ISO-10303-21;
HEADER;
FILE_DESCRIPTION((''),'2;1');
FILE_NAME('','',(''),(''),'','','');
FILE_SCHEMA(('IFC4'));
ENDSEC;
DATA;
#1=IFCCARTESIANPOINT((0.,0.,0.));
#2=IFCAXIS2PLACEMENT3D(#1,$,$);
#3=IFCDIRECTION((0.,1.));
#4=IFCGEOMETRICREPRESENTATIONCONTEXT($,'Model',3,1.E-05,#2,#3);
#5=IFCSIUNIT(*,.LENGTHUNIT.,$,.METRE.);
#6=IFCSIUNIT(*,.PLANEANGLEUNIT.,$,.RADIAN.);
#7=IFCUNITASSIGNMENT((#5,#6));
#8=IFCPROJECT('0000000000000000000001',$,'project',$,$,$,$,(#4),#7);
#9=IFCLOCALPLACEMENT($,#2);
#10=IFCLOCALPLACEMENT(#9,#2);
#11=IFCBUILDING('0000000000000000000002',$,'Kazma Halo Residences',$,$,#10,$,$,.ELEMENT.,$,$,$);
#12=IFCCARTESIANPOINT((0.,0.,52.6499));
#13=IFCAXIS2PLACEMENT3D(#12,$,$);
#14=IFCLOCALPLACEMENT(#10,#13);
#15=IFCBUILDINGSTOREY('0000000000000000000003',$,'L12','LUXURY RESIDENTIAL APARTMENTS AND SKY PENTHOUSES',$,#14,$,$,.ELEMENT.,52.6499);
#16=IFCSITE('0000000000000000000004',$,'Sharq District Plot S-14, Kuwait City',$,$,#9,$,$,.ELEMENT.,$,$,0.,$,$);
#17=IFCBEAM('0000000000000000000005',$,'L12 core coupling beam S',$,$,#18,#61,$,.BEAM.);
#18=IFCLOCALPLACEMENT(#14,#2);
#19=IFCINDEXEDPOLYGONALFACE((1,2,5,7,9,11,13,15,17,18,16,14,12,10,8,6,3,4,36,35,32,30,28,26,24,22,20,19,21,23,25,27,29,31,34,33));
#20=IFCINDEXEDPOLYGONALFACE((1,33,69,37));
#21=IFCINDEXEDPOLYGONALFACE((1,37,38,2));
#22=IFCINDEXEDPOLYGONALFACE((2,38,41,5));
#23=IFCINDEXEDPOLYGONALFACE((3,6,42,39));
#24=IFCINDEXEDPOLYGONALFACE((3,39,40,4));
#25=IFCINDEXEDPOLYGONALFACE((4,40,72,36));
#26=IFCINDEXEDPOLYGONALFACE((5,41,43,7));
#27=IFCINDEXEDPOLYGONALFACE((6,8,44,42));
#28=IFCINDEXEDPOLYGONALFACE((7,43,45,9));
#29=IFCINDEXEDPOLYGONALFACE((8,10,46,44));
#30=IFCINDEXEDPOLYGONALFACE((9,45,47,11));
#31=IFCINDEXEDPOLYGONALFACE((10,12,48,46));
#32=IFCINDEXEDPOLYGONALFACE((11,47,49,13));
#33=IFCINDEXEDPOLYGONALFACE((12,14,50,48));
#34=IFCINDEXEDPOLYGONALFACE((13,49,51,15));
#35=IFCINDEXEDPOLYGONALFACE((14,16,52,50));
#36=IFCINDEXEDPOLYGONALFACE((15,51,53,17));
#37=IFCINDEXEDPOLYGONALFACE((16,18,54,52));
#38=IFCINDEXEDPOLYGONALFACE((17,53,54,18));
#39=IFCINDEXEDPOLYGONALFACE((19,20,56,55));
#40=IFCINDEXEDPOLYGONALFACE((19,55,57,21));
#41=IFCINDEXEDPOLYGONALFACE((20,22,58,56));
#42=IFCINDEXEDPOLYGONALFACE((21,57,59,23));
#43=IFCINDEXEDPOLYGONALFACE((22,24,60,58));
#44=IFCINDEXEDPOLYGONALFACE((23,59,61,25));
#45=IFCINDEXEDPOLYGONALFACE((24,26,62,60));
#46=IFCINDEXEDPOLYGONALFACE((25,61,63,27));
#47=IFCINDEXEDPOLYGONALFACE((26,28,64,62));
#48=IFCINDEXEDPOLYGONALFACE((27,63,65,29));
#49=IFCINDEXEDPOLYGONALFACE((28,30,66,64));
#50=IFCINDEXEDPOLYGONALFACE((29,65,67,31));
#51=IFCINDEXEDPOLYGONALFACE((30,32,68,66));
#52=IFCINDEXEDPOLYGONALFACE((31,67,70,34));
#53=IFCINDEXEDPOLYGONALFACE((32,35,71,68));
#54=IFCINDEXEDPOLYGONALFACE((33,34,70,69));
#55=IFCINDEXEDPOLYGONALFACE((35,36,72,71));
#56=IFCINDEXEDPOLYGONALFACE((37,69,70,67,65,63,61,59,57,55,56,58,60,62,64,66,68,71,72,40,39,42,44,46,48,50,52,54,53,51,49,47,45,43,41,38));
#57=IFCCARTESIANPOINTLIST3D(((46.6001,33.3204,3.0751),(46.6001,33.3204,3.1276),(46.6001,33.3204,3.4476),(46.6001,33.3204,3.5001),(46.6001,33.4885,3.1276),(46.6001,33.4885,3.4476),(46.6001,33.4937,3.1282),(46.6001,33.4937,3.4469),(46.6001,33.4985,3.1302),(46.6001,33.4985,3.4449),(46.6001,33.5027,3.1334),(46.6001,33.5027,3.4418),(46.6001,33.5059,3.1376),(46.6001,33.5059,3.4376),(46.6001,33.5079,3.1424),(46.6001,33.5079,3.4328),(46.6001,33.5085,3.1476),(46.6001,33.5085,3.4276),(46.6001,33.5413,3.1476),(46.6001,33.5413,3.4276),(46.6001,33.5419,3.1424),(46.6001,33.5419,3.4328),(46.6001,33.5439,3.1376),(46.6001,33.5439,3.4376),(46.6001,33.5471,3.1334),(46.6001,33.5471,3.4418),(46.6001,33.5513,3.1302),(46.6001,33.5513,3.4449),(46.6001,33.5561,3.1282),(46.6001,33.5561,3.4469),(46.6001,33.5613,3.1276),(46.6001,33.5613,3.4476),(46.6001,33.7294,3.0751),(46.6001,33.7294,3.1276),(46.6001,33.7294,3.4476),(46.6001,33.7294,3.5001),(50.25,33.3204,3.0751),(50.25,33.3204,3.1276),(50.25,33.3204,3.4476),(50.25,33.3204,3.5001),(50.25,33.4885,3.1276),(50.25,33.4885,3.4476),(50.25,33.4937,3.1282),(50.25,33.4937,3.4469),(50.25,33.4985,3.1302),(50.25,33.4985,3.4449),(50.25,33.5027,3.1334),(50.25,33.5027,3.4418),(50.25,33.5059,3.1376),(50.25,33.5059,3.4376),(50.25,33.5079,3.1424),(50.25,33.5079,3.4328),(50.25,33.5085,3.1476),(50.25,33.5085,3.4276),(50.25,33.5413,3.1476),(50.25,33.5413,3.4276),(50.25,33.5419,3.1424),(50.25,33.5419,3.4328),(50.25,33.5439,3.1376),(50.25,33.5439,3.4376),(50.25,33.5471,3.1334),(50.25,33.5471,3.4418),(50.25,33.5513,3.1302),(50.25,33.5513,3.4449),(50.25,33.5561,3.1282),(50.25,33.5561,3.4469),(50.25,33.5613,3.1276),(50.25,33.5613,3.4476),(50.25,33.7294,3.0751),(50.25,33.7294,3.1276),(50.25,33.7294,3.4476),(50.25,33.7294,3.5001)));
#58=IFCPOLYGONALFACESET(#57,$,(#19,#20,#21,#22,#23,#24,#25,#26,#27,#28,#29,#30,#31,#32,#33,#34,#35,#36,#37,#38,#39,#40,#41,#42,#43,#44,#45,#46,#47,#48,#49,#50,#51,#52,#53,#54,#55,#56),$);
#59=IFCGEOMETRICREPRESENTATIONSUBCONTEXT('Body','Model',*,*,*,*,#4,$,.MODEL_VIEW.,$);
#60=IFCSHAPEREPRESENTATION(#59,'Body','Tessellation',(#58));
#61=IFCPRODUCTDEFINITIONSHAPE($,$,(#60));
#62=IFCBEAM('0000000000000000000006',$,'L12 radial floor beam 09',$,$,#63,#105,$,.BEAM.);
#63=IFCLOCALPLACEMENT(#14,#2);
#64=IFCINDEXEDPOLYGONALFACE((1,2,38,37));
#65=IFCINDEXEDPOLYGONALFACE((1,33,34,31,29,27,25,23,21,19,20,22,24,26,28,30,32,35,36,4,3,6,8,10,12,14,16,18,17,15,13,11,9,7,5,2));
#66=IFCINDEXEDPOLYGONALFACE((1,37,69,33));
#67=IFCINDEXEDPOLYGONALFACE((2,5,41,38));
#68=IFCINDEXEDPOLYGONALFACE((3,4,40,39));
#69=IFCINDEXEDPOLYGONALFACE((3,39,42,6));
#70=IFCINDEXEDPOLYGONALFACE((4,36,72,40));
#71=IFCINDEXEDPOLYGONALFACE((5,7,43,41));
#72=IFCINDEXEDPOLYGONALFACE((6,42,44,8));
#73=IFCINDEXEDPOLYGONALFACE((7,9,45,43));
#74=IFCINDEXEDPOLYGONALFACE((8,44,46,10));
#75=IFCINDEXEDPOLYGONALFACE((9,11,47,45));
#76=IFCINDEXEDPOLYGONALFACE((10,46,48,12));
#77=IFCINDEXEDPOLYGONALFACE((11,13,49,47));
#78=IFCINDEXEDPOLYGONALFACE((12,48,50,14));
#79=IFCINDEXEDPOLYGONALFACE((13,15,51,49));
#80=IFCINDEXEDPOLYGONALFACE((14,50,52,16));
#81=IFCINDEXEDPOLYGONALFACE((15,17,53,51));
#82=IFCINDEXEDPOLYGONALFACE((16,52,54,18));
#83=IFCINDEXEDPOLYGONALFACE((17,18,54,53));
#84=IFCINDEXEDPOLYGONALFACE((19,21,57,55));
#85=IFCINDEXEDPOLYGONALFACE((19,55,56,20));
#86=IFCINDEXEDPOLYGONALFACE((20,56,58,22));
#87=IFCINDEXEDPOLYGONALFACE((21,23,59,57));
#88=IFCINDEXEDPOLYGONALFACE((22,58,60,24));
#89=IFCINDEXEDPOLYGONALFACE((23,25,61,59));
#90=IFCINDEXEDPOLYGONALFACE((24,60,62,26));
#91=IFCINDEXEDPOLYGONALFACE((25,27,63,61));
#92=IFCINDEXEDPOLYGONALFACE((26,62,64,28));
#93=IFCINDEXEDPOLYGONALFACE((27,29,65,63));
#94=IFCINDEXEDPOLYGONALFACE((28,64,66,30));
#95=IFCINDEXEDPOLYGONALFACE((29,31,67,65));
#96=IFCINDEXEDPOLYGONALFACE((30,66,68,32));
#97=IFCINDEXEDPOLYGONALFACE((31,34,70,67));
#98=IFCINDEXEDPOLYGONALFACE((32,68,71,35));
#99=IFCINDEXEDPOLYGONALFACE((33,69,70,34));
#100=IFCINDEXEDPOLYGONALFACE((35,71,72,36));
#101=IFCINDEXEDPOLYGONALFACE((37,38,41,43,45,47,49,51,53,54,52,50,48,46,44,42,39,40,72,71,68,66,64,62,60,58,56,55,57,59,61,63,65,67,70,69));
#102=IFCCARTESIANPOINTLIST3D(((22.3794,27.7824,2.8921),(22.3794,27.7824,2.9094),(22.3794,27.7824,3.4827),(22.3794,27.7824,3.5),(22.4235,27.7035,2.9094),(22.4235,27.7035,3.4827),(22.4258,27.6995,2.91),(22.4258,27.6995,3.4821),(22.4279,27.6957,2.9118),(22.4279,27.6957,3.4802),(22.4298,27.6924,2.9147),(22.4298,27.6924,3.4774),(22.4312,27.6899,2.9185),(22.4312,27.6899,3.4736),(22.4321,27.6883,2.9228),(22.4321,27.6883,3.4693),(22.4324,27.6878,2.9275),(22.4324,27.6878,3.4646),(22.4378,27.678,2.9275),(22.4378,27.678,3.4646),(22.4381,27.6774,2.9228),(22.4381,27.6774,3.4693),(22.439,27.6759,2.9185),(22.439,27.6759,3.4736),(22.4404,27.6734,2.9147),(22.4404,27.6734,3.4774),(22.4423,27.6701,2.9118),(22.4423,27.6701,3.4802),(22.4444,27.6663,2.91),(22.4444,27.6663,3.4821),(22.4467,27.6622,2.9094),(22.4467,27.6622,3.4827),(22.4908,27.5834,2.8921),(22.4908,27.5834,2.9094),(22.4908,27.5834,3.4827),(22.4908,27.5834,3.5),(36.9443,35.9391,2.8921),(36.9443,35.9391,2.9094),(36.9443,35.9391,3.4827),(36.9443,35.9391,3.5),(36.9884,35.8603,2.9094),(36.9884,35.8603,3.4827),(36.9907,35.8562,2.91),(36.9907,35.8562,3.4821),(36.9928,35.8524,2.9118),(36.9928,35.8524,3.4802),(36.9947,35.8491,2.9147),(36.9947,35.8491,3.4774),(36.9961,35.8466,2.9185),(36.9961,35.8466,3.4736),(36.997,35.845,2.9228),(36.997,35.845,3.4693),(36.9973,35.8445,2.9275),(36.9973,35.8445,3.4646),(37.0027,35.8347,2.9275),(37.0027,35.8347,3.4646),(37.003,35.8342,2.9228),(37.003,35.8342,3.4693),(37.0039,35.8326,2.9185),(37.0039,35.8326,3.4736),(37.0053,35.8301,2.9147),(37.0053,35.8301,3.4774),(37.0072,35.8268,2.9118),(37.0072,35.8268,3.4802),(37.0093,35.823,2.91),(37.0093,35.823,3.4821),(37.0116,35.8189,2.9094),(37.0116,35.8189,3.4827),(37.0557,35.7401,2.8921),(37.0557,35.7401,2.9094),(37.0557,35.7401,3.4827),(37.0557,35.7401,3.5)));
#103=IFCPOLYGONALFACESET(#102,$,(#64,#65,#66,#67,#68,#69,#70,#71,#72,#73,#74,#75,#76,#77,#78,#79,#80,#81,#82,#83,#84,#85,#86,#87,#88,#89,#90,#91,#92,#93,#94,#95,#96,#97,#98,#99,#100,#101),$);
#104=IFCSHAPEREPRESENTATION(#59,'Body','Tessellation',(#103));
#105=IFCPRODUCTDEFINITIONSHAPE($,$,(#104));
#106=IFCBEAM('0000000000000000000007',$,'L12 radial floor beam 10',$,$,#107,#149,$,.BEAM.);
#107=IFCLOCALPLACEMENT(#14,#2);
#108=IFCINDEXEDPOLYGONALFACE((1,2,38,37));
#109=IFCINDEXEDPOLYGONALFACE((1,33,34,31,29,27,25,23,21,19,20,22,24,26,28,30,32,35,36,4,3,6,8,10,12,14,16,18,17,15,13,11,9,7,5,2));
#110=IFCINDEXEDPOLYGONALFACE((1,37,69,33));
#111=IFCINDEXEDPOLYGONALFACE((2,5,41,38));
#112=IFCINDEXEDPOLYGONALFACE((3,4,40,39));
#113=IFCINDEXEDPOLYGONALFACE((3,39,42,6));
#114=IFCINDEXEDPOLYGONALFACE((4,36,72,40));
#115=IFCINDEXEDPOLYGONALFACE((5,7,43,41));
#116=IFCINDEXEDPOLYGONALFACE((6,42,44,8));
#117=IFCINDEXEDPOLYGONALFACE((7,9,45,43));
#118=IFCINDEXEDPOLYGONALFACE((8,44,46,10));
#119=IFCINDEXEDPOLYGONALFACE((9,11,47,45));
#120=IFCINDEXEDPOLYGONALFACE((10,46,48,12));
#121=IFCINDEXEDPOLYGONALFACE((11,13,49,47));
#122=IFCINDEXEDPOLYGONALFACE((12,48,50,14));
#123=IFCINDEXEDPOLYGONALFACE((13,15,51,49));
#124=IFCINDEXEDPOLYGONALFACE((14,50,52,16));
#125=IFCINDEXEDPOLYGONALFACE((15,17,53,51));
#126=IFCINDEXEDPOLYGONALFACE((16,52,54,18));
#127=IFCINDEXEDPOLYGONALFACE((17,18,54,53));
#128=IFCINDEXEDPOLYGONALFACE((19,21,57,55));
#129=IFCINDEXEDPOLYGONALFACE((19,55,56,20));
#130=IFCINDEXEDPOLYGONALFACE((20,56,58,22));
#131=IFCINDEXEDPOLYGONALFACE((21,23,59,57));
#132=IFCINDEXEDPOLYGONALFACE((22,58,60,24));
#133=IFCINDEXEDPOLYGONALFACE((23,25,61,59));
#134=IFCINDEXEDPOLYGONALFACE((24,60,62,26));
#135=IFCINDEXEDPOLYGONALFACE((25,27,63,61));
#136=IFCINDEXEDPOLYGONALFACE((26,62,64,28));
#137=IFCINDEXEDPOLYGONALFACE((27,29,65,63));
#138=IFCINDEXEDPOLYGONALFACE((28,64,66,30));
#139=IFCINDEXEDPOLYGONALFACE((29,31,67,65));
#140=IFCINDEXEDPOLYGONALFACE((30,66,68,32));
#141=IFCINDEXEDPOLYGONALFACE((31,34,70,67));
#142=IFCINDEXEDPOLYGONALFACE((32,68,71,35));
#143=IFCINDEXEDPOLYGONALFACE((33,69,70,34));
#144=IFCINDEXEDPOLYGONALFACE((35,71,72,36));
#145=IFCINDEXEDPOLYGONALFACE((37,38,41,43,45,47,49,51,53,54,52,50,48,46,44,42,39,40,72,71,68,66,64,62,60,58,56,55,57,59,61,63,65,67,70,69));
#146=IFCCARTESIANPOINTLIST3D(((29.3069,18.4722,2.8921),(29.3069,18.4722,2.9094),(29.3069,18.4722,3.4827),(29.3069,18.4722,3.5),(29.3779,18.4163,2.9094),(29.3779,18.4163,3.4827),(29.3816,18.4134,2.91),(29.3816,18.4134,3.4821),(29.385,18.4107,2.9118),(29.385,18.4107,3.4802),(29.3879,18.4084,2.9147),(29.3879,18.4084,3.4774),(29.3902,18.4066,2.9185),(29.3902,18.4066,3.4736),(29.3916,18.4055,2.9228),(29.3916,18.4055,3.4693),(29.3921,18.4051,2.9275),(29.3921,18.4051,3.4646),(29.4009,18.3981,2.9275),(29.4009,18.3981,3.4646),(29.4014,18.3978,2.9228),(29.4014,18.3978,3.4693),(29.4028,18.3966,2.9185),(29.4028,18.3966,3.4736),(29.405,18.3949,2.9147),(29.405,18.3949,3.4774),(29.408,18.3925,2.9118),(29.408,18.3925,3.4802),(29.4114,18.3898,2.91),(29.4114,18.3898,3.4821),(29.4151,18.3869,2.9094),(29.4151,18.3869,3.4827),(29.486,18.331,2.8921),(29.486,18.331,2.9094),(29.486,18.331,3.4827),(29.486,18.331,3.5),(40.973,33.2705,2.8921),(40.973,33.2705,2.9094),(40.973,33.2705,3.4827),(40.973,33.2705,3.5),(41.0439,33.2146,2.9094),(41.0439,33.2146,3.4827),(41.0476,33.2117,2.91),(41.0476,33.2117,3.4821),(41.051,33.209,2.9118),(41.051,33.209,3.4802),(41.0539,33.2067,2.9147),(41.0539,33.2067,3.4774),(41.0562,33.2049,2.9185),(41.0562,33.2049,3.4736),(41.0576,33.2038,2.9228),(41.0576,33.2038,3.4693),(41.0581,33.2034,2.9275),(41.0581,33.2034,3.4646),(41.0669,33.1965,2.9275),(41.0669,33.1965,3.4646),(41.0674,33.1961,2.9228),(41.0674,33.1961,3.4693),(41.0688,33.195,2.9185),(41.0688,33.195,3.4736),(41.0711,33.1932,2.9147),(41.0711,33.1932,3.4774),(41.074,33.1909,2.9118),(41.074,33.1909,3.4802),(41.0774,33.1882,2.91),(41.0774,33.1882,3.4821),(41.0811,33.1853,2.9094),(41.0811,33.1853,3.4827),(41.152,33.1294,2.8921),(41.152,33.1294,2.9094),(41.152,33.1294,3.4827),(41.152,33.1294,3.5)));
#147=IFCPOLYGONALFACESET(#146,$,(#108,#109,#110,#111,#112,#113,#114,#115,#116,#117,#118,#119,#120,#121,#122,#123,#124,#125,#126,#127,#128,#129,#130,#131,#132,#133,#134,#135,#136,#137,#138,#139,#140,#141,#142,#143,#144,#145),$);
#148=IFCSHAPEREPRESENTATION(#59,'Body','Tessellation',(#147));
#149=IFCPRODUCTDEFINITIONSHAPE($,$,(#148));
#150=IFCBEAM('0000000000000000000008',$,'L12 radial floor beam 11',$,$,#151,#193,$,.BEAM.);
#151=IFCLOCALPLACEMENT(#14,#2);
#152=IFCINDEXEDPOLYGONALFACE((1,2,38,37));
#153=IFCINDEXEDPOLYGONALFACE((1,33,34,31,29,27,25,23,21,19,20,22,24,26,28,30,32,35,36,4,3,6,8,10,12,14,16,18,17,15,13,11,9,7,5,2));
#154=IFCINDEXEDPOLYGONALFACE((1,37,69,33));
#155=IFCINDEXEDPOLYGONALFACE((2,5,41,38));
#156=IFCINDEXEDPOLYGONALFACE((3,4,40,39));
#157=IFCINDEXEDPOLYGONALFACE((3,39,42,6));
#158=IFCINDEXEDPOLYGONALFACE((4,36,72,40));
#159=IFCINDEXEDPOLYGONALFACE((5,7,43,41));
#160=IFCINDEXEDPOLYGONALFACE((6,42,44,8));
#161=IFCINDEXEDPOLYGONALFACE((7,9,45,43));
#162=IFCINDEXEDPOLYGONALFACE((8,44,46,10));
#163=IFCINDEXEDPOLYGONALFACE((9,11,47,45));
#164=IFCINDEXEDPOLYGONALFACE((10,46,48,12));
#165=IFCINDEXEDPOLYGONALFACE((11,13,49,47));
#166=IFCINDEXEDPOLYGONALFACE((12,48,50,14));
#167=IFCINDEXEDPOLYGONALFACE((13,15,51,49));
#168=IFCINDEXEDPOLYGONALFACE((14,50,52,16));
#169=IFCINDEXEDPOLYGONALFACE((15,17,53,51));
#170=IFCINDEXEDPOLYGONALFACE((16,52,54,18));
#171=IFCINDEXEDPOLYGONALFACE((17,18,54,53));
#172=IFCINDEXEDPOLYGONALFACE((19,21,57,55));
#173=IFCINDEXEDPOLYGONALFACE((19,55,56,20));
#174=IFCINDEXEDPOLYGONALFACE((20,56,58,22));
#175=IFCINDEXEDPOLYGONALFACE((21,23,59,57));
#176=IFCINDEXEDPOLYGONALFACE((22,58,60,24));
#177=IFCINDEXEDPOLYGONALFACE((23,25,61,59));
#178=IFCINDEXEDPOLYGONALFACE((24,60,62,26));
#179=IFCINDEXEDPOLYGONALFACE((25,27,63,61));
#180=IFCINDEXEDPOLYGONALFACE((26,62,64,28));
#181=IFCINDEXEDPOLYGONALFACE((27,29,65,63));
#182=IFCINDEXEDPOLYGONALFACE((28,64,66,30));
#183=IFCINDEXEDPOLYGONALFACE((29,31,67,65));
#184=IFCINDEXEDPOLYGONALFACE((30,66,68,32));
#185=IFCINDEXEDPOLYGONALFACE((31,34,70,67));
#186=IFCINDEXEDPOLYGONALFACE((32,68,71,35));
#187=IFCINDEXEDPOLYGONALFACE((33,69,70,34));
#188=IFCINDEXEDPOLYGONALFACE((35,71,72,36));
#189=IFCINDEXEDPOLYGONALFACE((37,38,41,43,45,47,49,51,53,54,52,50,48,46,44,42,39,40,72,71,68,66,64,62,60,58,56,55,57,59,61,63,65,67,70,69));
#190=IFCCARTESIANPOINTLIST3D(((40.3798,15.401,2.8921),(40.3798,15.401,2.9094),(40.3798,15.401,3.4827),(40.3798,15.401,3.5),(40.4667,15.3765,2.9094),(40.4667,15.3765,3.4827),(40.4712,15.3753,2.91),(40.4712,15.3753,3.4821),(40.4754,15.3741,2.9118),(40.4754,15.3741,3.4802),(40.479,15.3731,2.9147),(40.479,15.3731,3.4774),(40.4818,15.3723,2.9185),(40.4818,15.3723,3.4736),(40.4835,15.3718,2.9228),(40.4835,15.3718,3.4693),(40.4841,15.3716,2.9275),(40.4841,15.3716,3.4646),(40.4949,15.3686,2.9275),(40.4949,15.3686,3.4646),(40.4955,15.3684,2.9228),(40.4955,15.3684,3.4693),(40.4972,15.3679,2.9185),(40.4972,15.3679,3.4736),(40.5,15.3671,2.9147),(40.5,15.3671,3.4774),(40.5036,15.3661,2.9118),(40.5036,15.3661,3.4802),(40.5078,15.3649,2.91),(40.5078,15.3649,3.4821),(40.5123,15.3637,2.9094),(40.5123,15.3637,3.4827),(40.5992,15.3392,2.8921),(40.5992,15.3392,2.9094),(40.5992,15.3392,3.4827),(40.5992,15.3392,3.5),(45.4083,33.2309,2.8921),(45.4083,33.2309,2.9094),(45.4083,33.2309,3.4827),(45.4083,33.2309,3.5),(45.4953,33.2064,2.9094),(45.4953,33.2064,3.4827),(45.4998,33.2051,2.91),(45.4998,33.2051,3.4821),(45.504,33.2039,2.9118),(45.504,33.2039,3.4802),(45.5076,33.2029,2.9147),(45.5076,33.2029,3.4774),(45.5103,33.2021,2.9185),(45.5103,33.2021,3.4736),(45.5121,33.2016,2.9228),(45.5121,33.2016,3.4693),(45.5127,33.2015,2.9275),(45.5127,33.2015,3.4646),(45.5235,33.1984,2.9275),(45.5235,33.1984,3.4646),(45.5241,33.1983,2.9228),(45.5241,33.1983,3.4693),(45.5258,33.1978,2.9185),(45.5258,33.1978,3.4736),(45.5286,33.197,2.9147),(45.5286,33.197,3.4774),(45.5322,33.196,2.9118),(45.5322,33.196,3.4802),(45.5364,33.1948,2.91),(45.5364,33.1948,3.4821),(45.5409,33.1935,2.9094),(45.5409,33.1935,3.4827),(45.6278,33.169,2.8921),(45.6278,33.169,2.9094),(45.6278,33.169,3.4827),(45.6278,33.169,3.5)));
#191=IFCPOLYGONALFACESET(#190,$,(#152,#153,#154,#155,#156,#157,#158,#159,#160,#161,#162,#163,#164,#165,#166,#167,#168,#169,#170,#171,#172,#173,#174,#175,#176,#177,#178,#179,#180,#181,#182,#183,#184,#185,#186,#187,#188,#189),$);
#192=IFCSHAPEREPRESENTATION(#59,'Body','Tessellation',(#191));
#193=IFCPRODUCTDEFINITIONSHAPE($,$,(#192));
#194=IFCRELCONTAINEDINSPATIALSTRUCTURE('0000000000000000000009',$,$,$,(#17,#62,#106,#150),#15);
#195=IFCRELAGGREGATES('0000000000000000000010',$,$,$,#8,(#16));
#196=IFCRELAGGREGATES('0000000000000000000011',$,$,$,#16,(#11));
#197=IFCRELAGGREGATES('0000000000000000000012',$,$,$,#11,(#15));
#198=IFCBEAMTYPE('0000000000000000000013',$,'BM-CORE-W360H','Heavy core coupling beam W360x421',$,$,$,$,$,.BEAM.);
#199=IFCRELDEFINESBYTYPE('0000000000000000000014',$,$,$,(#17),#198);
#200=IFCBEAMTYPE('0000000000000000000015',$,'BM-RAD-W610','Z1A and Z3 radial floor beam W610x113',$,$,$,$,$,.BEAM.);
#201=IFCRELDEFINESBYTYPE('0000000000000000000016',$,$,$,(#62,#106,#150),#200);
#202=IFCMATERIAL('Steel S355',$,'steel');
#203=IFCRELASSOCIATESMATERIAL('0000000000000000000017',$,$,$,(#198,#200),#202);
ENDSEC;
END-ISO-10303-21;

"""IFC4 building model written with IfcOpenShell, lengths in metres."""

from ifc_helpers import new_model, si_unit, direction, frame, origin, origin_2d, place, context, subcontext, project, spatial, i_section, extrude, material, material_profile, profile_set, type_object, element, save


model = new_model("IFC4")

# Units and contexts
model_context = context("Model", 3, precision=1e-05, world=origin(), true_north=direction((0.0, 1.0)))
body_context = subcontext(model_context, "Body", "Model", "MODEL_VIEW")
ifc_project = project(units=[si_unit("LENGTHUNIT", "METRE"), si_unit("PLANEANGLEUNIT", "RADIAN")], contexts=[model_context])

# Site, building, storey
site_placement = place(None, origin())
site = spatial("IfcSite", under=ifc_project, at=site_placement, Name="Sharq District Plot S-14, Kuwait City", CompositionType="ELEMENT", RefElevation=0.0)
building_placement = place(site_placement, origin())
building = spatial("IfcBuilding", under=site, at=building_placement, Name="Kazma Halo Residences", CompositionType="ELEMENT")
storey_placement = place(building_placement, frame((0.0, 0.0, 52.6499)))
storey = spatial("IfcBuildingStorey", under=building, at=storey_placement, Name="L12", Description="LUXURY RESIDENTIAL APARTMENTS AND SKY PENTHOUSES", CompositionType="ELEMENT", Elevation=52.6499)

# Beams
ifc_material_1 = material(Name="Steel S355", Category="steel")
ifc_material_profile_1 = material_profile(ifc_material_1, i_section(OverallWidth=0.4089, OverallDepth=0.425, WebThickness=0.0327, FlangeThickness=0.0525, FilletRadius=0.02, at=origin_2d()), Name="W360x421")
ifc_profile_set_1 = profile_set([ifc_material_profile_1], Name="Steel S355")
beam_type_1 = type_object("IfcBeamType", Name="BM-CORE-W360H", Description="Heavy core coupling beam W360x421", PredefinedType="BEAM", material=ifc_profile_set_1)
beam_1_placement = place(storey_placement, frame((46.6001, 33.5249, 3.2876), z_axis=(1.0, 0.0, 0.0), x_axis=(0.0, 1.0, 0.0)))
element("IfcBeam", 1, at=beam_1_placement, inside=storey, type_object=beam_type_1, Name="L12 core coupling beam S", PredefinedType="BEAM", context=body_context, shape_type="SweptSolid", body=[
    extrude(i_section(OverallWidth=0.4089, OverallDepth=0.425, WebThickness=0.0327, FlangeThickness=0.0525, FilletRadius=0.02, at=origin_2d()), origin(), (0.0, 0.0, 1.0), 3.6499),
])
ifc_material_profile_2 = material_profile(ifc_material_1, i_section(OverallWidth=0.228, OverallDepth=0.6079, WebThickness=0.0112, FlangeThickness=0.0173, FilletRadius=0.0181, at=origin_2d()), Name="W610x113")
ifc_profile_set_2 = profile_set([ifc_material_profile_2], Name="Steel S355")
beam_type_2 = type_object("IfcBeamType", Name="BM-RAD-W610", Description="Z1A and Z3 radial floor beam W610x113", PredefinedType="BEAM", material=ifc_profile_set_2)
beam_2_placement = place(storey_placement, frame((37.0, 35.8396, 3.196), z_axis=(-0.872497, -0.48862, 0.0), x_axis=(0.48862, -0.872497, 0.0)))
element("IfcBeam", 2, at=beam_2_placement, inside=storey, type_object=beam_type_2, Name="L12 radial floor beam 09", PredefinedType="BEAM", context=body_context, shape_type="SweptSolid", body=[
    extrude(i_section(OverallWidth=0.228, OverallDepth=0.6079, WebThickness=0.0112, FlangeThickness=0.0173, FilletRadius=0.0181, at=origin_2d()), origin(), (0.0, 0.0, 1.0), 16.6934),
])
beam_3_placement = place(storey_placement, frame((41.0625, 33.2, 3.196), z_axis=(-0.619092, -0.785318, 0.0), x_axis=(0.785318, -0.619092, 0.0)))
element("IfcBeam", 3, at=beam_3_placement, inside=storey, type_object=beam_type_2, Name="L12 radial floor beam 10", PredefinedType="BEAM", context=body_context, shape_type="SweptSolid", body=[
    extrude(i_section(OverallWidth=0.228, OverallDepth=0.6079, WebThickness=0.0112, FlangeThickness=0.0173, FilletRadius=0.0181, at=origin_2d()), origin(), (0.0, 0.0, 1.0), 18.8438),
])
beam_4_placement = place(storey_placement, frame((45.5181, 33.2, 3.196), z_axis=(-0.271442, -0.962455, 0.0), x_axis=(0.962455, -0.271442, 0.0)))
element("IfcBeam", 4, at=beam_4_placement, inside=storey, type_object=beam_type_2, Name="L12 radial floor beam 11", PredefinedType="BEAM", context=body_context, shape_type="SweptSolid", body=[
    extrude(i_section(OverallWidth=0.228, OverallDepth=0.6079, WebThickness=0.0112, FlangeThickness=0.0173, FilletRadius=0.0181, at=origin_2d()), origin(), (0.0, 0.0, 1.0), 18.5254),
])

save(model, "model.ifc")
